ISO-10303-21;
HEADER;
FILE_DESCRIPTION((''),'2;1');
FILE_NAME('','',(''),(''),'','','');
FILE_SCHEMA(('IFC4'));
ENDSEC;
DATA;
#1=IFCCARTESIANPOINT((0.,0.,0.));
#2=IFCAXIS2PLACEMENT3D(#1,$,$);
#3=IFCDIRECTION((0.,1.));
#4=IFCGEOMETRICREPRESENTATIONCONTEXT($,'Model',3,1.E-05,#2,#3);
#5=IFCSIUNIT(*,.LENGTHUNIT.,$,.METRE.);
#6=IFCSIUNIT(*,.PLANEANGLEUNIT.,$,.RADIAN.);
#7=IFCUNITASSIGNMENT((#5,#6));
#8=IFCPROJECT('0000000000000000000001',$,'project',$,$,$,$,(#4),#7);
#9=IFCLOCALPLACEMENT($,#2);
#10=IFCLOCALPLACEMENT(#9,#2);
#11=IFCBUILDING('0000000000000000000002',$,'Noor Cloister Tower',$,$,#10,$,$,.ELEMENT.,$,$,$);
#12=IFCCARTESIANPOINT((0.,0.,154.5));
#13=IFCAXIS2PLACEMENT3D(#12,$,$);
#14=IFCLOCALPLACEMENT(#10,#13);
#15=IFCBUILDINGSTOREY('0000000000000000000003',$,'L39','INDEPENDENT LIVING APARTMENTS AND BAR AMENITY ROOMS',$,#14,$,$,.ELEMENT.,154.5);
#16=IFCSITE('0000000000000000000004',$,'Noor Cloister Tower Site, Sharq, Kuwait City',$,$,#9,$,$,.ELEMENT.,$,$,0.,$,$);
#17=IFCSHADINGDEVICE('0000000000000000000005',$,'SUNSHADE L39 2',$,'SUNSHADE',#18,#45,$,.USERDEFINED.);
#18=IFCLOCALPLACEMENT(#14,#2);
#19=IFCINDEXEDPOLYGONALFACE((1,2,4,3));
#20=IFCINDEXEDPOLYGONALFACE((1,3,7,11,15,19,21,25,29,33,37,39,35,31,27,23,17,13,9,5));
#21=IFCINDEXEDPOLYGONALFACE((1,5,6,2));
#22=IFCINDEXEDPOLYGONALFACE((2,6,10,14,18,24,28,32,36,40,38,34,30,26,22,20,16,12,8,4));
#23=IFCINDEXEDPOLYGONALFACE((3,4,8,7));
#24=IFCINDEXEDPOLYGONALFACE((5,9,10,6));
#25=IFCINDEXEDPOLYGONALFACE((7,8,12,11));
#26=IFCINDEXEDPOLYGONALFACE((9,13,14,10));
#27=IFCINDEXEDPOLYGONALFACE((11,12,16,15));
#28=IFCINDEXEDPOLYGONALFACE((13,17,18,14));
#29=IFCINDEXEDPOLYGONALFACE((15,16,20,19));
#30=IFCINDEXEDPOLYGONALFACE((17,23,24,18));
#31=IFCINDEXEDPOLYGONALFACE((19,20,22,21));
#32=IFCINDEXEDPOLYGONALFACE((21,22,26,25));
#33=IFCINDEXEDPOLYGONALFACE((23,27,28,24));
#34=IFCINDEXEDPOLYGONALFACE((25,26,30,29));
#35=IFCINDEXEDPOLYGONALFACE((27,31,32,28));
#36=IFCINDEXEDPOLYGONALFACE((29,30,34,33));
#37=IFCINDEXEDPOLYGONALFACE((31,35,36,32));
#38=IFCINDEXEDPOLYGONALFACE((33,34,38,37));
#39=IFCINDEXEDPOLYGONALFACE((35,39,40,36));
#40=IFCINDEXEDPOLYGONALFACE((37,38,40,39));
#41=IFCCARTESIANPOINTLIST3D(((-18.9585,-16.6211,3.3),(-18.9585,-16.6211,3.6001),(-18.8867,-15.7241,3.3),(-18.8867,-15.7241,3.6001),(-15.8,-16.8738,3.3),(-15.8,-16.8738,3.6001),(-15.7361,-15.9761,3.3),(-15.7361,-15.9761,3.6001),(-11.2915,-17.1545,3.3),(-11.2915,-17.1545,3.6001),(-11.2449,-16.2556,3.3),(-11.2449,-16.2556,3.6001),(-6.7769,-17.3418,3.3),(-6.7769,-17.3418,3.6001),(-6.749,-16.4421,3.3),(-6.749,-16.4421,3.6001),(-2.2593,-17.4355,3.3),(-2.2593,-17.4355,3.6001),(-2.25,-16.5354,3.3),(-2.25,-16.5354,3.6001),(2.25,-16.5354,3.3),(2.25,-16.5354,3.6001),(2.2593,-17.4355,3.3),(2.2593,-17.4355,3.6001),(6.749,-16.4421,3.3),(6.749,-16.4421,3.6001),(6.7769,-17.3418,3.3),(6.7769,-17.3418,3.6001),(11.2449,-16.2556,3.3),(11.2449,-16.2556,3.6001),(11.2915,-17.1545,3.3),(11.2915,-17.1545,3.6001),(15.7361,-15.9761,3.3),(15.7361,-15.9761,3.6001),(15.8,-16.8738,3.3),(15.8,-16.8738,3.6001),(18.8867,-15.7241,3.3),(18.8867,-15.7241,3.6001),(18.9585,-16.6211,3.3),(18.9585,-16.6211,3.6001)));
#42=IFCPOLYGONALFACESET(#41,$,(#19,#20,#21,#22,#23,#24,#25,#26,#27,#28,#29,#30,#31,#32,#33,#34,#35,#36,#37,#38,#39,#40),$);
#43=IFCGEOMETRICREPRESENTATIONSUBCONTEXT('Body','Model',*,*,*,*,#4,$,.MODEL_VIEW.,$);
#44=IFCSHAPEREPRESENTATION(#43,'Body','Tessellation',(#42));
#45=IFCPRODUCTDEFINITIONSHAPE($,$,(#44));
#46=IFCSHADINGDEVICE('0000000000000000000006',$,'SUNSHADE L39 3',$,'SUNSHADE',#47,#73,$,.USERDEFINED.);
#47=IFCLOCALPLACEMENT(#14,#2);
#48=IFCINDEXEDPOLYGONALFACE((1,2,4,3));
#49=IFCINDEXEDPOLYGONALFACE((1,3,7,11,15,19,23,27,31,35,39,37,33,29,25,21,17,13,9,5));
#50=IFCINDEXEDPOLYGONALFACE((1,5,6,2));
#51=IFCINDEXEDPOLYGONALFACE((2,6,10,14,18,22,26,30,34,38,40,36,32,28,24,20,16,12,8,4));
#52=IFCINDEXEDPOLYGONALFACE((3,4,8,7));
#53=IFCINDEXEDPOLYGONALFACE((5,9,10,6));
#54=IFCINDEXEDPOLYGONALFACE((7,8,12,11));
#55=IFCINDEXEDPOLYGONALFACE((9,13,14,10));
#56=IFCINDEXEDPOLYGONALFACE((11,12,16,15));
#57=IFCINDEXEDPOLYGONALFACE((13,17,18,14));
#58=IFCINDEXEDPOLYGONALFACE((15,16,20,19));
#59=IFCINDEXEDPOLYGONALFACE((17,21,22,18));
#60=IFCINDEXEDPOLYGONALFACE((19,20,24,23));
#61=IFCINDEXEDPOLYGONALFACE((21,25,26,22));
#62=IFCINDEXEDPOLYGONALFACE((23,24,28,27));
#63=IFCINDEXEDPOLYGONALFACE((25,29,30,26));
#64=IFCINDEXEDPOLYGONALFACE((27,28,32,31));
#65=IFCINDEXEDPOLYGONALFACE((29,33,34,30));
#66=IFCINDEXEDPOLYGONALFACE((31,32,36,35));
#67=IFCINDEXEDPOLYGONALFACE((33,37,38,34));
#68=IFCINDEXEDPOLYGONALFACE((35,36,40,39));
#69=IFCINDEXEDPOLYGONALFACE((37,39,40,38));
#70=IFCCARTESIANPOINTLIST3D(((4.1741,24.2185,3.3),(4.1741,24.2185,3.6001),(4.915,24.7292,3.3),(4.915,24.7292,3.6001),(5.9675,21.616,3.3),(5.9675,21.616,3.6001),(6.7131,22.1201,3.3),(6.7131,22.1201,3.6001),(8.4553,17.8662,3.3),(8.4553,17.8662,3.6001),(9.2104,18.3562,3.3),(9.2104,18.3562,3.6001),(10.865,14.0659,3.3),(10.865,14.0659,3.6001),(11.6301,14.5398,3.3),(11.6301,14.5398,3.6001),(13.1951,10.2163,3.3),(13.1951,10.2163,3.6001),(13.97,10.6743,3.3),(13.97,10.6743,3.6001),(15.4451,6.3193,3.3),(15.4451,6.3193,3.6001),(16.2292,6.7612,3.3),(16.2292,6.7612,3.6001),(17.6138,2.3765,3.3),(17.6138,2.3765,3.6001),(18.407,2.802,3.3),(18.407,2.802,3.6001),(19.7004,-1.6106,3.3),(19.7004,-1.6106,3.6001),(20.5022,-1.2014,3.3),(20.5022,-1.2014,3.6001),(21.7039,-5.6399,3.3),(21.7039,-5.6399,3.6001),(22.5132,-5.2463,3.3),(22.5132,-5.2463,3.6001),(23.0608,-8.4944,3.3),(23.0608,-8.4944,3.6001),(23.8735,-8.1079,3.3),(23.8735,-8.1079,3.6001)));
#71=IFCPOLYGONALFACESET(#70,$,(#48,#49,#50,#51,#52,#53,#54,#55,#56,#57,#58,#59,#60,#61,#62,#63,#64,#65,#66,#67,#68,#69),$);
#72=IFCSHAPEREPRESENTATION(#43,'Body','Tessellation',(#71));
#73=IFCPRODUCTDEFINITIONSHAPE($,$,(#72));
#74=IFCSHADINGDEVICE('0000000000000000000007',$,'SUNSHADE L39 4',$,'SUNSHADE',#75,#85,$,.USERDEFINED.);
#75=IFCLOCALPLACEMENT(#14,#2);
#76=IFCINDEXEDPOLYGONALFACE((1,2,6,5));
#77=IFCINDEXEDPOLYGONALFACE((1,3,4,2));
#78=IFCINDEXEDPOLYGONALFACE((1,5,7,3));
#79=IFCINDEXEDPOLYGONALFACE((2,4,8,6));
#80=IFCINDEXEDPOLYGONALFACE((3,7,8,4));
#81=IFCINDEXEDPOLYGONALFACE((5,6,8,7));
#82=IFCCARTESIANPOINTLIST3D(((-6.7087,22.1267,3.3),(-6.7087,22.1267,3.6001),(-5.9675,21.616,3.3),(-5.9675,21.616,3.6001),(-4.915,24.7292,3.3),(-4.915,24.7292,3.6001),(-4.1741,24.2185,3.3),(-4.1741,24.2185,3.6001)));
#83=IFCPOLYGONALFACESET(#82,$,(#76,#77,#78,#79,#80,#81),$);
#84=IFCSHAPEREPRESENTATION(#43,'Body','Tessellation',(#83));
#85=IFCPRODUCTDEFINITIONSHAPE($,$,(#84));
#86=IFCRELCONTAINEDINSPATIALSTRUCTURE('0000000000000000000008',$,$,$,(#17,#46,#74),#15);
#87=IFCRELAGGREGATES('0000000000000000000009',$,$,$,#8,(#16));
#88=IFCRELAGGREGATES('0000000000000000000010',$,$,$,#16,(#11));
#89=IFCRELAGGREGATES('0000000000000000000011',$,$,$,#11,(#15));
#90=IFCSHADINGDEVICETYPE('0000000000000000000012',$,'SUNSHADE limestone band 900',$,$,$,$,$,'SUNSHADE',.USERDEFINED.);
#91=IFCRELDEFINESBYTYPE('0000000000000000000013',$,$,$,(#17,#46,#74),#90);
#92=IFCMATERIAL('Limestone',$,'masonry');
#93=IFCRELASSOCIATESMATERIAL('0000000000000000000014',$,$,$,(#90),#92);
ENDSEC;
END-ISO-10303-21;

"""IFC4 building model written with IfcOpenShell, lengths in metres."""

from ifc_helpers import new_model, si_unit, direction, frame, origin, place, context, subcontext, project, spatial, polyline, outline, extrude, material, type_object, element, save


model = new_model("IFC4")

# Units and contexts
model_context = context("Model", 3, precision=1e-05, world=origin(), true_north=direction((0.0, 1.0)))
body_context = subcontext(model_context, "Body", "Model", "MODEL_VIEW")
ifc_project = project(units=[si_unit("LENGTHUNIT", "METRE"), si_unit("PLANEANGLEUNIT", "RADIAN")], contexts=[model_context])

# Site, building, storey
site_placement = place(None, origin())
site = spatial("IfcSite", under=ifc_project, at=site_placement, Name="Noor Cloister Tower Site, Sharq, Kuwait City", CompositionType="ELEMENT", RefElevation=0.0)
building_placement = place(site_placement, origin())
building = spatial("IfcBuilding", under=site, at=building_placement, Name="Noor Cloister Tower", CompositionType="ELEMENT")
storey_placement = place(building_placement, frame((0.0, 0.0, 154.5)))
storey = spatial("IfcBuildingStorey", under=building, at=storey_placement, Name="L39", Description="INDEPENDENT LIVING APARTMENTS AND BAR AMENITY ROOMS", CompositionType="ELEMENT", Elevation=154.5)

# Shading devices
ifc_material_1 = material(Name="Limestone", Category="masonry")
shading_device_type_1 = type_object("IfcShadingDeviceType", Name="SUNSHADE limestone band 900", ElementType="SUNSHADE", PredefinedType="USERDEFINED", material=ifc_material_1)
shading_device_1_placement = place(storey_placement, frame((0.0, 0.0, 3.3)))
element("IfcShadingDevice", 1, at=shading_device_1_placement, inside=storey, type_object=shading_device_type_1, Name="SUNSHADE L39 2", ObjectType="SUNSHADE", PredefinedType="USERDEFINED", context=body_context, shape_type="SweptSolid", body=[
    extrude(outline(polyline([(-18.9585, -16.6211), (-15.8, -16.8738), (-11.2915, -17.1545), (-6.7769, -17.3418), (-2.2593, -17.4355), (2.2593, -17.4355), (6.7769, -17.3418), (11.2915, -17.1545), (15.8, -16.8738), (18.9585, -16.6211), (18.8867, -15.7241), (15.7361, -15.9761), (11.2449, -16.2556), (6.749, -16.4421), (2.25, -16.5354), (-2.25, -16.5354), (-6.749, -16.4421), (-11.2449, -16.2556), (-15.7361, -15.9761), (-18.8867, -15.7241), (-18.9585, -16.6211)])), origin(), (0.0, 0.0, 1.0), 0.3),
])
shading_device_2_placement = place(storey_placement, frame((0.0, 0.0, 3.3)))
element("IfcShadingDevice", 2, at=shading_device_2_placement, inside=storey, type_object=shading_device_type_1, Name="SUNSHADE L39 3", ObjectType="SUNSHADE", PredefinedType="USERDEFINED", context=body_context, shape_type="SweptSolid", body=[
    extrude(outline(polyline([(23.8735, -8.1079), (22.5132, -5.2463), (20.5022, -1.2014), (18.407, 2.802), (16.2292, 6.7612), (13.97, 10.6743), (11.6301, 14.5398), (9.2104, 18.3562), (6.7131, 22.1201), (4.915, 24.7292), (4.1741, 24.2185), (5.9675, 21.616), (8.4553, 17.8662), (10.865, 14.0659), (13.1951, 10.2163), (15.4451, 6.3193), (17.6138, 2.3765), (19.7004, -1.6106), (21.7039, -5.6399), (23.0608, -8.4944), (23.8735, -8.1079)])), origin(), (0.0, 0.0, 1.0), 0.3),
])
shading_device_3_placement = place(storey_placement, frame((0.0, 0.0, 3.3)))
element("IfcShadingDevice", 3, at=shading_device_3_placement, inside=storey, type_object=shading_device_type_1, Name="SUNSHADE L39 4", ObjectType="SUNSHADE", PredefinedType="USERDEFINED", context=body_context, shape_type="SweptSolid", body=[
    extrude(outline(polyline([(-4.915, 24.7292), (-6.7087, 22.1267), (-5.9675, 21.616), (-4.1741, 24.2185), (-4.915, 24.7292)])), origin(), (0.0, 0.0, 1.0), 0.3),
])

save(model, "model.ifc")
